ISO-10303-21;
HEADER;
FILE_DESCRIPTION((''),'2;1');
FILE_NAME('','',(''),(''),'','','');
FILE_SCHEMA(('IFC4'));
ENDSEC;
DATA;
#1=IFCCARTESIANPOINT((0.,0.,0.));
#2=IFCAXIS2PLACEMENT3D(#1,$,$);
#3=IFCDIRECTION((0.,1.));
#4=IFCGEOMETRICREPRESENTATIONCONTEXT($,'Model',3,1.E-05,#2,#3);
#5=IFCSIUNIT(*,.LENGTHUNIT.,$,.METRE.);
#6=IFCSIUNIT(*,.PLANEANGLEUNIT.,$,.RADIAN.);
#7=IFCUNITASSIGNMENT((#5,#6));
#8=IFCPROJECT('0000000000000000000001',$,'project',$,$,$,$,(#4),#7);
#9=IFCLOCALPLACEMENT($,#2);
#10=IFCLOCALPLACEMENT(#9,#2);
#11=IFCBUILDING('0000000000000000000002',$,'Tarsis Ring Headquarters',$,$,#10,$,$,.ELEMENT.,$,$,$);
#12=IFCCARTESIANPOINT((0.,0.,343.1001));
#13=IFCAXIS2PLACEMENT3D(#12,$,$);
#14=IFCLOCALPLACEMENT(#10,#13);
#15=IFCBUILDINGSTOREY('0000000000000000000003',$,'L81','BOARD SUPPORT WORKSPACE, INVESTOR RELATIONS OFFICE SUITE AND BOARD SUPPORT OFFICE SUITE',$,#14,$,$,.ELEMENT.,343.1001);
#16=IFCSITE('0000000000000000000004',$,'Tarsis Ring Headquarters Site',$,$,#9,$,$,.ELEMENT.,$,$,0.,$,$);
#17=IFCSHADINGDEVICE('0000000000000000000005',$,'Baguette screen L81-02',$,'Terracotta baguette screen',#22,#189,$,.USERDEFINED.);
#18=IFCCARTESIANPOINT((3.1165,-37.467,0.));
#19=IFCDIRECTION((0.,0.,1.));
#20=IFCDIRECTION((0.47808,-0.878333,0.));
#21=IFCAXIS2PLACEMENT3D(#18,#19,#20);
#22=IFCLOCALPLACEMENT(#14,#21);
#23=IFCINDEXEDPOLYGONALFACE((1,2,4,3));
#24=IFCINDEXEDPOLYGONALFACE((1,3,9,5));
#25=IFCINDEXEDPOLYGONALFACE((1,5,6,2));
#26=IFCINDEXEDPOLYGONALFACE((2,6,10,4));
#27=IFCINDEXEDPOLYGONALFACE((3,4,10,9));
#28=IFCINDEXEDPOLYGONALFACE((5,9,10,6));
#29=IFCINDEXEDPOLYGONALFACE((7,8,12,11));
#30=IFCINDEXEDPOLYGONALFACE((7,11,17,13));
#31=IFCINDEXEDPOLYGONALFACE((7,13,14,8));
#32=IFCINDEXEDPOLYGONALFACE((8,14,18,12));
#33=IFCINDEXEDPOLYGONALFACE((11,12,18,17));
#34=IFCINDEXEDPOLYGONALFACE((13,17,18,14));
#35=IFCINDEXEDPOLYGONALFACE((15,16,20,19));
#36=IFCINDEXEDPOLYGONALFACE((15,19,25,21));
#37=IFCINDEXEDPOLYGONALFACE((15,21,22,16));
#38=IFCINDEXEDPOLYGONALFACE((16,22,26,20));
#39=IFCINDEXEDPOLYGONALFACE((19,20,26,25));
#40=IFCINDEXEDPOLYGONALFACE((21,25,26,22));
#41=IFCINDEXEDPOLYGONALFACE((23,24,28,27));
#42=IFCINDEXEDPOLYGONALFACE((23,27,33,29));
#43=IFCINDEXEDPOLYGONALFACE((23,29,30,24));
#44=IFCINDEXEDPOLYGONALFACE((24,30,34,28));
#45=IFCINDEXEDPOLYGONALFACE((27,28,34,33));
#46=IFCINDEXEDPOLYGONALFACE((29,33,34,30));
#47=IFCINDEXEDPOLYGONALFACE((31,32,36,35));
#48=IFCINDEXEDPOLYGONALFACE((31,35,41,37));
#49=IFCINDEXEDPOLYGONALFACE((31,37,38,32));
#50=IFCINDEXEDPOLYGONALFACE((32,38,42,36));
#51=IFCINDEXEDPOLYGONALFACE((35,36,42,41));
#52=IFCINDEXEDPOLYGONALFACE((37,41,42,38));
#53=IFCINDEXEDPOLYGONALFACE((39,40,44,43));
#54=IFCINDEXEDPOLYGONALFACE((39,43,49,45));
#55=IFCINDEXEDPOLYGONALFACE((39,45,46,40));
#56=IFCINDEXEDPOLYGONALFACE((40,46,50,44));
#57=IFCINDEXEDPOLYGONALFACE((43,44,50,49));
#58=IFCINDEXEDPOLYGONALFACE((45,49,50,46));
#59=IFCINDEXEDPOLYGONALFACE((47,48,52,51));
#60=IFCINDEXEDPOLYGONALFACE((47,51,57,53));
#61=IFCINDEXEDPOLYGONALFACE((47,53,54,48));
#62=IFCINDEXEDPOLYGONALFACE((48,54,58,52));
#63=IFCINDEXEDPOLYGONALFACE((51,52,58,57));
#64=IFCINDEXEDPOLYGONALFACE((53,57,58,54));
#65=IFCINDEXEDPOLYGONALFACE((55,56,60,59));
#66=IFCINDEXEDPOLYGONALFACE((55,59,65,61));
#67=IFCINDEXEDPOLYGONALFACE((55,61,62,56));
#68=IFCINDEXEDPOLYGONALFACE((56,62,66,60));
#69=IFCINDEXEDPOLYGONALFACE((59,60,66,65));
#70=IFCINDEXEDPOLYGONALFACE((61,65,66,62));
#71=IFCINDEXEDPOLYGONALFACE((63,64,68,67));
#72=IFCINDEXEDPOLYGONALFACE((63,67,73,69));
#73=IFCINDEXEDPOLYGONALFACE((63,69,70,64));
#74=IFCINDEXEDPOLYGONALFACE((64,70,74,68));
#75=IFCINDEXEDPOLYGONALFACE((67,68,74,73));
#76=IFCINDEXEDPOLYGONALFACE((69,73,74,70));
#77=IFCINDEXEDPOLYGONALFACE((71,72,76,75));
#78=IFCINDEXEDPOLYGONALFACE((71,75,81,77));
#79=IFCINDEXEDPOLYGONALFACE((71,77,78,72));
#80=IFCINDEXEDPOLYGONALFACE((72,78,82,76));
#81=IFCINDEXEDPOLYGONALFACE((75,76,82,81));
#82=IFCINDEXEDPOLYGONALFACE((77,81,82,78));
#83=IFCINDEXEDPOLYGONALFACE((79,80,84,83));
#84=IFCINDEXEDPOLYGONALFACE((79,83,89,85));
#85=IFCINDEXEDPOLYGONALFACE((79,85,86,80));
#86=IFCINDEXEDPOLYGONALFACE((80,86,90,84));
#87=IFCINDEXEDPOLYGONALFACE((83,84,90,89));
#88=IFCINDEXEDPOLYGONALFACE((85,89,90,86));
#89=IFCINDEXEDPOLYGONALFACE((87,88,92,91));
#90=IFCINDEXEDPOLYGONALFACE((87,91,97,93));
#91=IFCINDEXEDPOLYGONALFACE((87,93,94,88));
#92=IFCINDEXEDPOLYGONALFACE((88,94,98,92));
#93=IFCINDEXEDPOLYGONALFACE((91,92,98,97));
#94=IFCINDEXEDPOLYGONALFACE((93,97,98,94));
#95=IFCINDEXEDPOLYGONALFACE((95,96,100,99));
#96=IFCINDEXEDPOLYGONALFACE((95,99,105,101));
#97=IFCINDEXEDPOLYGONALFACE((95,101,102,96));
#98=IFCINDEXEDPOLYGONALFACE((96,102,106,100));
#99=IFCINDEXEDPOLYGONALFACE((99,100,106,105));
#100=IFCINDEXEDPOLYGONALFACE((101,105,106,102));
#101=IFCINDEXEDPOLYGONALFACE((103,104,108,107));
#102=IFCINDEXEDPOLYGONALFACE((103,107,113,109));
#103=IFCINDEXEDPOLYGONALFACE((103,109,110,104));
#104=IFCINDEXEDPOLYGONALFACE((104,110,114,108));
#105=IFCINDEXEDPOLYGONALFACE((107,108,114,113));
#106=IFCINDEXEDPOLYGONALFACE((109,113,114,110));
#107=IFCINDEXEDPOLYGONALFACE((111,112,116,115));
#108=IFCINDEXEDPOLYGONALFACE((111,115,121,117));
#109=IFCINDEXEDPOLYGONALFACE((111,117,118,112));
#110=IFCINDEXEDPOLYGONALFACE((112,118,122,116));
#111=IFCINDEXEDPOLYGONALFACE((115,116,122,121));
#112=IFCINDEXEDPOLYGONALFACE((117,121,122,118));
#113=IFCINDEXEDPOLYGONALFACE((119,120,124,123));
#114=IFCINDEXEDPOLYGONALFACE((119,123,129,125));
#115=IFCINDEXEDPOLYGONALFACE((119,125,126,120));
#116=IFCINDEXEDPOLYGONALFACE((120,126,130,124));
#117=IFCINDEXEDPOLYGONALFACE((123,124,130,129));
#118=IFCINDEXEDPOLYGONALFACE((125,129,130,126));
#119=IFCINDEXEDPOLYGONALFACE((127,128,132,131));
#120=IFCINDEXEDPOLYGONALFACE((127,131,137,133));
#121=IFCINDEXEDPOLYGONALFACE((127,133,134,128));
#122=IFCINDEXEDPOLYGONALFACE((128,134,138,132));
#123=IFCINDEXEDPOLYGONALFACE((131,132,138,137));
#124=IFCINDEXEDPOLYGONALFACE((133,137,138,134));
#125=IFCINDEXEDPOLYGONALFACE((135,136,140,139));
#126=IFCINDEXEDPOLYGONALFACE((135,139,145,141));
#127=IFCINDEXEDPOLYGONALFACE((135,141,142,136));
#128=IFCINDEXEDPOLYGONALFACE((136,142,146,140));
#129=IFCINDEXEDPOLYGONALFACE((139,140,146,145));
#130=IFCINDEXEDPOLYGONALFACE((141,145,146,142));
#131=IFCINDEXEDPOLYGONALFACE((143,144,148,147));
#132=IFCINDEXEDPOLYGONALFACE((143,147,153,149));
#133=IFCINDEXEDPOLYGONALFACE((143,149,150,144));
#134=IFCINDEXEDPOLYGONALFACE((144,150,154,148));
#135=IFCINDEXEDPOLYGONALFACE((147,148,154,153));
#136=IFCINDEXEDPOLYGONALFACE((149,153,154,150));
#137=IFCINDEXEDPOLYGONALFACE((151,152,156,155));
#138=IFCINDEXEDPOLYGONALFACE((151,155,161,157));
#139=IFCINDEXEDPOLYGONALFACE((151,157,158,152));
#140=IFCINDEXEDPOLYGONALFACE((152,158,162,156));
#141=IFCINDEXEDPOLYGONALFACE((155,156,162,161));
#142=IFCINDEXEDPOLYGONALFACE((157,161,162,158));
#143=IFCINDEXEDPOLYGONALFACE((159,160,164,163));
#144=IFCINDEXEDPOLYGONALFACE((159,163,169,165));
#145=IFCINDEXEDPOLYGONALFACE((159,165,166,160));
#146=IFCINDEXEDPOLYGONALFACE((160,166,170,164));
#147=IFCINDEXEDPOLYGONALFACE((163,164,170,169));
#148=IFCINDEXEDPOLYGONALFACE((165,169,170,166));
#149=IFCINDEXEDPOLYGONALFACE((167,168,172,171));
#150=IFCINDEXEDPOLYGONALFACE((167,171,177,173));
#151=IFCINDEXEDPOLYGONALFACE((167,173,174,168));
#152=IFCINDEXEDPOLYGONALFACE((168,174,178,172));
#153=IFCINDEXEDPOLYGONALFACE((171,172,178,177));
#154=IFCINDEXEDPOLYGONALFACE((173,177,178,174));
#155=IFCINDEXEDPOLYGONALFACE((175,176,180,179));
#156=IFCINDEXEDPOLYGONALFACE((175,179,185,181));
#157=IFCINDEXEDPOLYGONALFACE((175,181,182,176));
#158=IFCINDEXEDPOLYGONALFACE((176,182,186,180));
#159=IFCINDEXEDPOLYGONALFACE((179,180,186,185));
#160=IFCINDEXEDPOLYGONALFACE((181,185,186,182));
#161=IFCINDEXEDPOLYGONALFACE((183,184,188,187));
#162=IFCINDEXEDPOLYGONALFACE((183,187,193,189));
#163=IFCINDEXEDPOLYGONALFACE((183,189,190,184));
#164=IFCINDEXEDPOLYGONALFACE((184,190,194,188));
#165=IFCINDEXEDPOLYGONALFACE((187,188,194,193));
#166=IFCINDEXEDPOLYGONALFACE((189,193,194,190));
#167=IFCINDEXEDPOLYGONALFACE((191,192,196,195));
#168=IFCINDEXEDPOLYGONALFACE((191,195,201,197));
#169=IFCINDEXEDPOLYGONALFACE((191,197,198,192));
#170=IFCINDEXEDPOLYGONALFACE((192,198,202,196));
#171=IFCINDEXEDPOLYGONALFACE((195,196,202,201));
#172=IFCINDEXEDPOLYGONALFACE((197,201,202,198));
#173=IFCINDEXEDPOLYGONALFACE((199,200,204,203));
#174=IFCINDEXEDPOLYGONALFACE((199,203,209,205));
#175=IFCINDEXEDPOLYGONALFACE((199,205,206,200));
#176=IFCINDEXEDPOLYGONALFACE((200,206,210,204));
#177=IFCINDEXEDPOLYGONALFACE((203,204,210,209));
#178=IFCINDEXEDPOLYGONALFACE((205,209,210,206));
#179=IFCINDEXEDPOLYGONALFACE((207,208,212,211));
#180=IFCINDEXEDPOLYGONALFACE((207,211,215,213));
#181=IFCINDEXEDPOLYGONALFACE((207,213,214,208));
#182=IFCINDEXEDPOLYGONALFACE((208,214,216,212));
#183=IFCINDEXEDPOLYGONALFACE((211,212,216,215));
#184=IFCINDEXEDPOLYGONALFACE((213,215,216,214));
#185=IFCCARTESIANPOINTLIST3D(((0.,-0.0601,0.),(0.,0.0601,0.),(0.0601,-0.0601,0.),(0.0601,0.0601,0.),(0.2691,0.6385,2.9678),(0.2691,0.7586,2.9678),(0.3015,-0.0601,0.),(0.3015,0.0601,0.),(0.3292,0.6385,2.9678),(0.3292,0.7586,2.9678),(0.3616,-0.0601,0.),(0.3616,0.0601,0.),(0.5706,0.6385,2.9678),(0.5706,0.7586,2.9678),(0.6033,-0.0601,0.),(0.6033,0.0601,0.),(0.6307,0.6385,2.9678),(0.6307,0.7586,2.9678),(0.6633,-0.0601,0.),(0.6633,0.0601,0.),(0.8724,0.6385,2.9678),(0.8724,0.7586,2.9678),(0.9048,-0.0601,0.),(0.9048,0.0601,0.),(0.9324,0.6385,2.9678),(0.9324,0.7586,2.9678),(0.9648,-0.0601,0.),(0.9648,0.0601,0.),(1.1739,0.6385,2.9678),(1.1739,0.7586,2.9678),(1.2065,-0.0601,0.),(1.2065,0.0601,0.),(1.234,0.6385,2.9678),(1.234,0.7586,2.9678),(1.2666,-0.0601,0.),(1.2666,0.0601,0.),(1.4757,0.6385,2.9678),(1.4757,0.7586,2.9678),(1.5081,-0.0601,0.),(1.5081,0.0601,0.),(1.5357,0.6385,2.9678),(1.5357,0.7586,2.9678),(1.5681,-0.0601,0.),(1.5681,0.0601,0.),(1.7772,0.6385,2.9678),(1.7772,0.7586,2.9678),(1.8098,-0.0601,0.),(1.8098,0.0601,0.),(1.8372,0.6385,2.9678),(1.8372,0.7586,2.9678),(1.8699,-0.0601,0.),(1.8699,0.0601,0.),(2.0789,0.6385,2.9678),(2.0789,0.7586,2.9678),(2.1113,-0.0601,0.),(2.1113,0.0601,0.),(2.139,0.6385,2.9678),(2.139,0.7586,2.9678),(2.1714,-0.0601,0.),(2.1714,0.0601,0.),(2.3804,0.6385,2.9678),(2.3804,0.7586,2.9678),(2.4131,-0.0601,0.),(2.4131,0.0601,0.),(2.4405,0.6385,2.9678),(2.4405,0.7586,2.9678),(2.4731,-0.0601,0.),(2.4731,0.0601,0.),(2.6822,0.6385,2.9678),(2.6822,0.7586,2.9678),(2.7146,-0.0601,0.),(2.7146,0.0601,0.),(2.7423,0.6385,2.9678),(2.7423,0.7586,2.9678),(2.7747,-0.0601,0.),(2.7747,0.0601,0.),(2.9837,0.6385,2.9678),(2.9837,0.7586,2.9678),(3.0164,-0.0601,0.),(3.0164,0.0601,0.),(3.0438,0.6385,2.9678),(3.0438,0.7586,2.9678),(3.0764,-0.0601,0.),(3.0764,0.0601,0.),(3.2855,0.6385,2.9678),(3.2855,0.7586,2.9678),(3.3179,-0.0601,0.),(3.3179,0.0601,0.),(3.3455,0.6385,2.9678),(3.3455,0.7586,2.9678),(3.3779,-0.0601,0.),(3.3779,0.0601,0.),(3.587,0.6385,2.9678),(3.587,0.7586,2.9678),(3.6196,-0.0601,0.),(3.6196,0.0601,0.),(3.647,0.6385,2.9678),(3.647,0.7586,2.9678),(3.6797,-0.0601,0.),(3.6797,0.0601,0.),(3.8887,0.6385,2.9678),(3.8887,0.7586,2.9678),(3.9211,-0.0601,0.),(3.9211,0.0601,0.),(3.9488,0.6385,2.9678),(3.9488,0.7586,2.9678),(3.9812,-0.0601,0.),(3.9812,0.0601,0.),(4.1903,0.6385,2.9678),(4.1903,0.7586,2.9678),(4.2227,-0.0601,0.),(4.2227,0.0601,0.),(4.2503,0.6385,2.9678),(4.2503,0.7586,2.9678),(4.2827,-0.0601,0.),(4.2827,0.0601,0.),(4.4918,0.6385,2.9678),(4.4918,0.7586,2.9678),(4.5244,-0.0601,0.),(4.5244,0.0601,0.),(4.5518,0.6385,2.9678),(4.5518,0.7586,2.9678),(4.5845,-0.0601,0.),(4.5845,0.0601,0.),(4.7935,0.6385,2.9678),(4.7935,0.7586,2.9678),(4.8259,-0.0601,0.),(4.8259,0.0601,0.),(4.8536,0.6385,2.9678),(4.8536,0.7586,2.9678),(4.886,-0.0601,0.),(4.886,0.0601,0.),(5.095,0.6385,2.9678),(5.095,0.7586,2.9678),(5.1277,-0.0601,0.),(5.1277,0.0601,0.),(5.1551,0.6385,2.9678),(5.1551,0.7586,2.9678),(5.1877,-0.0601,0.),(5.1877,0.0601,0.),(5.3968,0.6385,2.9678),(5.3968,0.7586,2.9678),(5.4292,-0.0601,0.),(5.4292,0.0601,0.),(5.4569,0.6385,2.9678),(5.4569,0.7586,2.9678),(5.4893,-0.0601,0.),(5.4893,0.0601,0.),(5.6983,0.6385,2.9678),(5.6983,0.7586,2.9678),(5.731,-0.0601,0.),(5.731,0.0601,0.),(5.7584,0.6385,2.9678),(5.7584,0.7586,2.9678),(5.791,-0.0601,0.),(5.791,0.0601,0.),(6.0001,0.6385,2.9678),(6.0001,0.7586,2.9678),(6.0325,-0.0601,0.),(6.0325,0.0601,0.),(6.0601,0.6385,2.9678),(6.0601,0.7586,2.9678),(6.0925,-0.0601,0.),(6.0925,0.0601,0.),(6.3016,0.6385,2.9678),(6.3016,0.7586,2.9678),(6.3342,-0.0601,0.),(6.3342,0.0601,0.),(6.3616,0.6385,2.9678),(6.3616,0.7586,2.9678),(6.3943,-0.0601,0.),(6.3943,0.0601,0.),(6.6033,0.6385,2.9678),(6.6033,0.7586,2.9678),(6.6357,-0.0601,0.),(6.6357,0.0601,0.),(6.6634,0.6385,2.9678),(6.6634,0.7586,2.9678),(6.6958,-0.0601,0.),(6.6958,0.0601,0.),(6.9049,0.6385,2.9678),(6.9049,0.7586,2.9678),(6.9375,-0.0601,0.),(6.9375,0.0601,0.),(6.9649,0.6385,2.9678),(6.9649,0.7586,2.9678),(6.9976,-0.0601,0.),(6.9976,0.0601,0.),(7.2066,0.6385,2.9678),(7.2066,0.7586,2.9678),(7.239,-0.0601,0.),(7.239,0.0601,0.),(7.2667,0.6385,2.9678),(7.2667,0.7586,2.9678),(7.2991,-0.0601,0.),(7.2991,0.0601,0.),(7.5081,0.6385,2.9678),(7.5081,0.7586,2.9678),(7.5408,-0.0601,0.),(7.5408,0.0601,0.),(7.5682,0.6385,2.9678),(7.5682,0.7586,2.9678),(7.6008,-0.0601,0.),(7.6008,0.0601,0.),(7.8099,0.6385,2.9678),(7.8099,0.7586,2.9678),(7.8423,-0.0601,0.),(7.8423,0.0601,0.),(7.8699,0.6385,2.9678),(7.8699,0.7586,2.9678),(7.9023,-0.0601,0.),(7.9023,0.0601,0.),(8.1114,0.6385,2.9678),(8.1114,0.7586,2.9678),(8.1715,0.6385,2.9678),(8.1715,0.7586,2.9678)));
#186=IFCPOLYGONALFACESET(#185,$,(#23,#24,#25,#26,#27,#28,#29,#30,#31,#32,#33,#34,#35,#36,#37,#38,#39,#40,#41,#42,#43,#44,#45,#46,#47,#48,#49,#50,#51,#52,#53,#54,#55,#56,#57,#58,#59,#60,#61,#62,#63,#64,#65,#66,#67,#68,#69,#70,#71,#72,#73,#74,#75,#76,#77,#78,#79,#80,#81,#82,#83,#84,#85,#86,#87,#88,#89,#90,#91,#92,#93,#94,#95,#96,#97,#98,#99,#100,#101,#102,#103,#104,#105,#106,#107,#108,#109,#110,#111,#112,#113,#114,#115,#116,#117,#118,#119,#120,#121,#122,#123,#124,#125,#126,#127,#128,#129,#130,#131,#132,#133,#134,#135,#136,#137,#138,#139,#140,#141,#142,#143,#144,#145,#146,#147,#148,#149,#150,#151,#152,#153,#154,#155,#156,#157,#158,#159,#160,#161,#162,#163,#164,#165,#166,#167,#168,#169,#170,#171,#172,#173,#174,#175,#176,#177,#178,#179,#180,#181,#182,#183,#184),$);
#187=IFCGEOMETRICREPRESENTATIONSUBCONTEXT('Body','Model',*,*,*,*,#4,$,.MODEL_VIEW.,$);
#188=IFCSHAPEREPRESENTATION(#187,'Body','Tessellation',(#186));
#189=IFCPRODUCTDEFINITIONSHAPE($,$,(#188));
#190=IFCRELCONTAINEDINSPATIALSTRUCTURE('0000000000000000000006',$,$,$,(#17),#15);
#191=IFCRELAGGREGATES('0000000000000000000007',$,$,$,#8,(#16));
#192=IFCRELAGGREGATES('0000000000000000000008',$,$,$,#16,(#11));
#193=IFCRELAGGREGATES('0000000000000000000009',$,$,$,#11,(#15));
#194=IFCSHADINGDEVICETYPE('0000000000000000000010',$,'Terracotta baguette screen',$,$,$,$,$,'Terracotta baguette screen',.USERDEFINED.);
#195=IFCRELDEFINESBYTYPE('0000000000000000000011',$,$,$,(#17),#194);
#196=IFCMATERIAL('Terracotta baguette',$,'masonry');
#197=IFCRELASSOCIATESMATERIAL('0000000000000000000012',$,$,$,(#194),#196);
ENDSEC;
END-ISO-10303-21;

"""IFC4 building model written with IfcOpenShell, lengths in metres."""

from ifc_helpers import new_model, si_unit, direction, frame, frame_2d, origin, place, context, subcontext, project, spatial, rectangle, composite_profile, extrude, material, type_object, element, save


model = new_model("IFC4")

# Units and contexts
model_context = context("Model", 3, precision=1e-05, world=origin(), true_north=direction((0.0, 1.0)))
body_context = subcontext(model_context, "Body", "Model", "MODEL_VIEW")
ifc_project = project(units=[si_unit("LENGTHUNIT", "METRE"), si_unit("PLANEANGLEUNIT", "RADIAN")], contexts=[model_context])

# Site, building, storey
site_placement = place(None, origin())
site = spatial("IfcSite", under=ifc_project, at=site_placement, Name="Tarsis Ring Headquarters Site", CompositionType="ELEMENT", RefElevation=0.0)
building_placement = place(site_placement, origin())
building = spatial("IfcBuilding", under=site, at=building_placement, Name="Tarsis Ring Headquarters", CompositionType="ELEMENT")
storey_placement = place(building_placement, frame((0.0, 0.0, 343.1001)))
storey = spatial("IfcBuildingStorey", under=building, at=storey_placement, Name="L81", Description="BOARD SUPPORT WORKSPACE, INVESTOR RELATIONS OFFICE SUITE AND BOARD SUPPORT OFFICE SUITE", CompositionType="ELEMENT", Elevation=343.1001)

# Shading device
ifc_material_1 = material(Name="Terracotta baguette", Category="masonry")
shading_device_type_1 = type_object("IfcShadingDeviceType", Name="Terracotta baguette screen", ElementType="Terracotta baguette screen", PredefinedType="USERDEFINED", material=ifc_material_1)
shading_device_1_placement = place(storey_placement, frame((3.1165, -37.467, 0.0), z_axis=(0.0, 0.0, 1.0), x_axis=(0.47808, -0.878333, 0.0)))
element("IfcShadingDevice", 1, at=shading_device_1_placement, inside=storey, type_object=shading_device_type_1, Name="Baguette screen L81-02", ObjectType="Terracotta baguette screen", PredefinedType="USERDEFINED", context=body_context, shape_type="SweptSolid", body=[
    extrude(composite_profile([rectangle(XDim=0.0601, YDim=0.1201, at=frame_2d((0.03, 0.0))), rectangle(XDim=0.0601, YDim=0.1201, at=frame_2d((0.3315, 0.0))), rectangle(XDim=0.0601, YDim=0.1201, at=frame_2d((0.6333, 0.0))), rectangle(XDim=0.0601, YDim=0.1201, at=frame_2d((0.9348, 0.0))), rectangle(XDim=0.0601, YDim=0.1201, at=frame_2d((1.2366, 0.0))), rectangle(XDim=0.0601, YDim=0.1201, at=frame_2d((1.5381, 0.0))), rectangle(XDim=0.0601, YDim=0.1201, at=frame_2d((1.8398, 0.0))), rectangle(XDim=0.0601, YDim=0.1201, at=frame_2d((2.1414, 0.0))), rectangle(XDim=0.0601, YDim=0.1201, at=frame_2d((2.4431, 0.0))), rectangle(XDim=0.0601, YDim=0.1201, at=frame_2d((2.7446, 0.0))), rectangle(XDim=0.0601, YDim=0.1201, at=frame_2d((3.0464, 0.0))), rectangle(XDim=0.0601, YDim=0.1201, at=frame_2d((3.3479, 0.0))), rectangle(XDim=0.0601, YDim=0.1201, at=frame_2d((3.6497, 0.0))), rectangle(XDim=0.0601, YDim=0.1201, at=frame_2d((3.9512, 0.0))), rectangle(XDim=0.0601, YDim=0.1201, at=frame_2d((4.2527, 0.0))), rectangle(XDim=0.0601, YDim=0.1201, at=frame_2d((4.5544, 0.0))), rectangle(XDim=0.0601, YDim=0.1201, at=frame_2d((4.856, 0.0))), rectangle(XDim=0.0601, YDim=0.1201, at=frame_2d((5.1577, 0.0))), rectangle(XDim=0.0601, YDim=0.1201, at=frame_2d((5.4592, 0.0))), rectangle(XDim=0.0601, YDim=0.1201, at=frame_2d((5.761, 0.0))), rectangle(XDim=0.0601, YDim=0.1201, at=frame_2d((6.0625, 0.0))), rectangle(XDim=0.0601, YDim=0.1201, at=frame_2d((6.3643, 0.0))), rectangle(XDim=0.0601, YDim=0.1201, at=frame_2d((6.6658, 0.0))), rectangle(XDim=0.0601, YDim=0.1201, at=frame_2d((6.9675, 0.0))), rectangle(XDim=0.0601, YDim=0.1201, at=frame_2d((7.269, 0.0))), rectangle(XDim=0.0601, YDim=0.1201, at=frame_2d((7.5708, 0.0))), rectangle(XDim=0.0601, YDim=0.1201, at=frame_2d((7.8723, 0.0)))]), origin(), (0.087925, 0.228233, 0.969628), 3.0608),
])

save(model, "model.ifc")
